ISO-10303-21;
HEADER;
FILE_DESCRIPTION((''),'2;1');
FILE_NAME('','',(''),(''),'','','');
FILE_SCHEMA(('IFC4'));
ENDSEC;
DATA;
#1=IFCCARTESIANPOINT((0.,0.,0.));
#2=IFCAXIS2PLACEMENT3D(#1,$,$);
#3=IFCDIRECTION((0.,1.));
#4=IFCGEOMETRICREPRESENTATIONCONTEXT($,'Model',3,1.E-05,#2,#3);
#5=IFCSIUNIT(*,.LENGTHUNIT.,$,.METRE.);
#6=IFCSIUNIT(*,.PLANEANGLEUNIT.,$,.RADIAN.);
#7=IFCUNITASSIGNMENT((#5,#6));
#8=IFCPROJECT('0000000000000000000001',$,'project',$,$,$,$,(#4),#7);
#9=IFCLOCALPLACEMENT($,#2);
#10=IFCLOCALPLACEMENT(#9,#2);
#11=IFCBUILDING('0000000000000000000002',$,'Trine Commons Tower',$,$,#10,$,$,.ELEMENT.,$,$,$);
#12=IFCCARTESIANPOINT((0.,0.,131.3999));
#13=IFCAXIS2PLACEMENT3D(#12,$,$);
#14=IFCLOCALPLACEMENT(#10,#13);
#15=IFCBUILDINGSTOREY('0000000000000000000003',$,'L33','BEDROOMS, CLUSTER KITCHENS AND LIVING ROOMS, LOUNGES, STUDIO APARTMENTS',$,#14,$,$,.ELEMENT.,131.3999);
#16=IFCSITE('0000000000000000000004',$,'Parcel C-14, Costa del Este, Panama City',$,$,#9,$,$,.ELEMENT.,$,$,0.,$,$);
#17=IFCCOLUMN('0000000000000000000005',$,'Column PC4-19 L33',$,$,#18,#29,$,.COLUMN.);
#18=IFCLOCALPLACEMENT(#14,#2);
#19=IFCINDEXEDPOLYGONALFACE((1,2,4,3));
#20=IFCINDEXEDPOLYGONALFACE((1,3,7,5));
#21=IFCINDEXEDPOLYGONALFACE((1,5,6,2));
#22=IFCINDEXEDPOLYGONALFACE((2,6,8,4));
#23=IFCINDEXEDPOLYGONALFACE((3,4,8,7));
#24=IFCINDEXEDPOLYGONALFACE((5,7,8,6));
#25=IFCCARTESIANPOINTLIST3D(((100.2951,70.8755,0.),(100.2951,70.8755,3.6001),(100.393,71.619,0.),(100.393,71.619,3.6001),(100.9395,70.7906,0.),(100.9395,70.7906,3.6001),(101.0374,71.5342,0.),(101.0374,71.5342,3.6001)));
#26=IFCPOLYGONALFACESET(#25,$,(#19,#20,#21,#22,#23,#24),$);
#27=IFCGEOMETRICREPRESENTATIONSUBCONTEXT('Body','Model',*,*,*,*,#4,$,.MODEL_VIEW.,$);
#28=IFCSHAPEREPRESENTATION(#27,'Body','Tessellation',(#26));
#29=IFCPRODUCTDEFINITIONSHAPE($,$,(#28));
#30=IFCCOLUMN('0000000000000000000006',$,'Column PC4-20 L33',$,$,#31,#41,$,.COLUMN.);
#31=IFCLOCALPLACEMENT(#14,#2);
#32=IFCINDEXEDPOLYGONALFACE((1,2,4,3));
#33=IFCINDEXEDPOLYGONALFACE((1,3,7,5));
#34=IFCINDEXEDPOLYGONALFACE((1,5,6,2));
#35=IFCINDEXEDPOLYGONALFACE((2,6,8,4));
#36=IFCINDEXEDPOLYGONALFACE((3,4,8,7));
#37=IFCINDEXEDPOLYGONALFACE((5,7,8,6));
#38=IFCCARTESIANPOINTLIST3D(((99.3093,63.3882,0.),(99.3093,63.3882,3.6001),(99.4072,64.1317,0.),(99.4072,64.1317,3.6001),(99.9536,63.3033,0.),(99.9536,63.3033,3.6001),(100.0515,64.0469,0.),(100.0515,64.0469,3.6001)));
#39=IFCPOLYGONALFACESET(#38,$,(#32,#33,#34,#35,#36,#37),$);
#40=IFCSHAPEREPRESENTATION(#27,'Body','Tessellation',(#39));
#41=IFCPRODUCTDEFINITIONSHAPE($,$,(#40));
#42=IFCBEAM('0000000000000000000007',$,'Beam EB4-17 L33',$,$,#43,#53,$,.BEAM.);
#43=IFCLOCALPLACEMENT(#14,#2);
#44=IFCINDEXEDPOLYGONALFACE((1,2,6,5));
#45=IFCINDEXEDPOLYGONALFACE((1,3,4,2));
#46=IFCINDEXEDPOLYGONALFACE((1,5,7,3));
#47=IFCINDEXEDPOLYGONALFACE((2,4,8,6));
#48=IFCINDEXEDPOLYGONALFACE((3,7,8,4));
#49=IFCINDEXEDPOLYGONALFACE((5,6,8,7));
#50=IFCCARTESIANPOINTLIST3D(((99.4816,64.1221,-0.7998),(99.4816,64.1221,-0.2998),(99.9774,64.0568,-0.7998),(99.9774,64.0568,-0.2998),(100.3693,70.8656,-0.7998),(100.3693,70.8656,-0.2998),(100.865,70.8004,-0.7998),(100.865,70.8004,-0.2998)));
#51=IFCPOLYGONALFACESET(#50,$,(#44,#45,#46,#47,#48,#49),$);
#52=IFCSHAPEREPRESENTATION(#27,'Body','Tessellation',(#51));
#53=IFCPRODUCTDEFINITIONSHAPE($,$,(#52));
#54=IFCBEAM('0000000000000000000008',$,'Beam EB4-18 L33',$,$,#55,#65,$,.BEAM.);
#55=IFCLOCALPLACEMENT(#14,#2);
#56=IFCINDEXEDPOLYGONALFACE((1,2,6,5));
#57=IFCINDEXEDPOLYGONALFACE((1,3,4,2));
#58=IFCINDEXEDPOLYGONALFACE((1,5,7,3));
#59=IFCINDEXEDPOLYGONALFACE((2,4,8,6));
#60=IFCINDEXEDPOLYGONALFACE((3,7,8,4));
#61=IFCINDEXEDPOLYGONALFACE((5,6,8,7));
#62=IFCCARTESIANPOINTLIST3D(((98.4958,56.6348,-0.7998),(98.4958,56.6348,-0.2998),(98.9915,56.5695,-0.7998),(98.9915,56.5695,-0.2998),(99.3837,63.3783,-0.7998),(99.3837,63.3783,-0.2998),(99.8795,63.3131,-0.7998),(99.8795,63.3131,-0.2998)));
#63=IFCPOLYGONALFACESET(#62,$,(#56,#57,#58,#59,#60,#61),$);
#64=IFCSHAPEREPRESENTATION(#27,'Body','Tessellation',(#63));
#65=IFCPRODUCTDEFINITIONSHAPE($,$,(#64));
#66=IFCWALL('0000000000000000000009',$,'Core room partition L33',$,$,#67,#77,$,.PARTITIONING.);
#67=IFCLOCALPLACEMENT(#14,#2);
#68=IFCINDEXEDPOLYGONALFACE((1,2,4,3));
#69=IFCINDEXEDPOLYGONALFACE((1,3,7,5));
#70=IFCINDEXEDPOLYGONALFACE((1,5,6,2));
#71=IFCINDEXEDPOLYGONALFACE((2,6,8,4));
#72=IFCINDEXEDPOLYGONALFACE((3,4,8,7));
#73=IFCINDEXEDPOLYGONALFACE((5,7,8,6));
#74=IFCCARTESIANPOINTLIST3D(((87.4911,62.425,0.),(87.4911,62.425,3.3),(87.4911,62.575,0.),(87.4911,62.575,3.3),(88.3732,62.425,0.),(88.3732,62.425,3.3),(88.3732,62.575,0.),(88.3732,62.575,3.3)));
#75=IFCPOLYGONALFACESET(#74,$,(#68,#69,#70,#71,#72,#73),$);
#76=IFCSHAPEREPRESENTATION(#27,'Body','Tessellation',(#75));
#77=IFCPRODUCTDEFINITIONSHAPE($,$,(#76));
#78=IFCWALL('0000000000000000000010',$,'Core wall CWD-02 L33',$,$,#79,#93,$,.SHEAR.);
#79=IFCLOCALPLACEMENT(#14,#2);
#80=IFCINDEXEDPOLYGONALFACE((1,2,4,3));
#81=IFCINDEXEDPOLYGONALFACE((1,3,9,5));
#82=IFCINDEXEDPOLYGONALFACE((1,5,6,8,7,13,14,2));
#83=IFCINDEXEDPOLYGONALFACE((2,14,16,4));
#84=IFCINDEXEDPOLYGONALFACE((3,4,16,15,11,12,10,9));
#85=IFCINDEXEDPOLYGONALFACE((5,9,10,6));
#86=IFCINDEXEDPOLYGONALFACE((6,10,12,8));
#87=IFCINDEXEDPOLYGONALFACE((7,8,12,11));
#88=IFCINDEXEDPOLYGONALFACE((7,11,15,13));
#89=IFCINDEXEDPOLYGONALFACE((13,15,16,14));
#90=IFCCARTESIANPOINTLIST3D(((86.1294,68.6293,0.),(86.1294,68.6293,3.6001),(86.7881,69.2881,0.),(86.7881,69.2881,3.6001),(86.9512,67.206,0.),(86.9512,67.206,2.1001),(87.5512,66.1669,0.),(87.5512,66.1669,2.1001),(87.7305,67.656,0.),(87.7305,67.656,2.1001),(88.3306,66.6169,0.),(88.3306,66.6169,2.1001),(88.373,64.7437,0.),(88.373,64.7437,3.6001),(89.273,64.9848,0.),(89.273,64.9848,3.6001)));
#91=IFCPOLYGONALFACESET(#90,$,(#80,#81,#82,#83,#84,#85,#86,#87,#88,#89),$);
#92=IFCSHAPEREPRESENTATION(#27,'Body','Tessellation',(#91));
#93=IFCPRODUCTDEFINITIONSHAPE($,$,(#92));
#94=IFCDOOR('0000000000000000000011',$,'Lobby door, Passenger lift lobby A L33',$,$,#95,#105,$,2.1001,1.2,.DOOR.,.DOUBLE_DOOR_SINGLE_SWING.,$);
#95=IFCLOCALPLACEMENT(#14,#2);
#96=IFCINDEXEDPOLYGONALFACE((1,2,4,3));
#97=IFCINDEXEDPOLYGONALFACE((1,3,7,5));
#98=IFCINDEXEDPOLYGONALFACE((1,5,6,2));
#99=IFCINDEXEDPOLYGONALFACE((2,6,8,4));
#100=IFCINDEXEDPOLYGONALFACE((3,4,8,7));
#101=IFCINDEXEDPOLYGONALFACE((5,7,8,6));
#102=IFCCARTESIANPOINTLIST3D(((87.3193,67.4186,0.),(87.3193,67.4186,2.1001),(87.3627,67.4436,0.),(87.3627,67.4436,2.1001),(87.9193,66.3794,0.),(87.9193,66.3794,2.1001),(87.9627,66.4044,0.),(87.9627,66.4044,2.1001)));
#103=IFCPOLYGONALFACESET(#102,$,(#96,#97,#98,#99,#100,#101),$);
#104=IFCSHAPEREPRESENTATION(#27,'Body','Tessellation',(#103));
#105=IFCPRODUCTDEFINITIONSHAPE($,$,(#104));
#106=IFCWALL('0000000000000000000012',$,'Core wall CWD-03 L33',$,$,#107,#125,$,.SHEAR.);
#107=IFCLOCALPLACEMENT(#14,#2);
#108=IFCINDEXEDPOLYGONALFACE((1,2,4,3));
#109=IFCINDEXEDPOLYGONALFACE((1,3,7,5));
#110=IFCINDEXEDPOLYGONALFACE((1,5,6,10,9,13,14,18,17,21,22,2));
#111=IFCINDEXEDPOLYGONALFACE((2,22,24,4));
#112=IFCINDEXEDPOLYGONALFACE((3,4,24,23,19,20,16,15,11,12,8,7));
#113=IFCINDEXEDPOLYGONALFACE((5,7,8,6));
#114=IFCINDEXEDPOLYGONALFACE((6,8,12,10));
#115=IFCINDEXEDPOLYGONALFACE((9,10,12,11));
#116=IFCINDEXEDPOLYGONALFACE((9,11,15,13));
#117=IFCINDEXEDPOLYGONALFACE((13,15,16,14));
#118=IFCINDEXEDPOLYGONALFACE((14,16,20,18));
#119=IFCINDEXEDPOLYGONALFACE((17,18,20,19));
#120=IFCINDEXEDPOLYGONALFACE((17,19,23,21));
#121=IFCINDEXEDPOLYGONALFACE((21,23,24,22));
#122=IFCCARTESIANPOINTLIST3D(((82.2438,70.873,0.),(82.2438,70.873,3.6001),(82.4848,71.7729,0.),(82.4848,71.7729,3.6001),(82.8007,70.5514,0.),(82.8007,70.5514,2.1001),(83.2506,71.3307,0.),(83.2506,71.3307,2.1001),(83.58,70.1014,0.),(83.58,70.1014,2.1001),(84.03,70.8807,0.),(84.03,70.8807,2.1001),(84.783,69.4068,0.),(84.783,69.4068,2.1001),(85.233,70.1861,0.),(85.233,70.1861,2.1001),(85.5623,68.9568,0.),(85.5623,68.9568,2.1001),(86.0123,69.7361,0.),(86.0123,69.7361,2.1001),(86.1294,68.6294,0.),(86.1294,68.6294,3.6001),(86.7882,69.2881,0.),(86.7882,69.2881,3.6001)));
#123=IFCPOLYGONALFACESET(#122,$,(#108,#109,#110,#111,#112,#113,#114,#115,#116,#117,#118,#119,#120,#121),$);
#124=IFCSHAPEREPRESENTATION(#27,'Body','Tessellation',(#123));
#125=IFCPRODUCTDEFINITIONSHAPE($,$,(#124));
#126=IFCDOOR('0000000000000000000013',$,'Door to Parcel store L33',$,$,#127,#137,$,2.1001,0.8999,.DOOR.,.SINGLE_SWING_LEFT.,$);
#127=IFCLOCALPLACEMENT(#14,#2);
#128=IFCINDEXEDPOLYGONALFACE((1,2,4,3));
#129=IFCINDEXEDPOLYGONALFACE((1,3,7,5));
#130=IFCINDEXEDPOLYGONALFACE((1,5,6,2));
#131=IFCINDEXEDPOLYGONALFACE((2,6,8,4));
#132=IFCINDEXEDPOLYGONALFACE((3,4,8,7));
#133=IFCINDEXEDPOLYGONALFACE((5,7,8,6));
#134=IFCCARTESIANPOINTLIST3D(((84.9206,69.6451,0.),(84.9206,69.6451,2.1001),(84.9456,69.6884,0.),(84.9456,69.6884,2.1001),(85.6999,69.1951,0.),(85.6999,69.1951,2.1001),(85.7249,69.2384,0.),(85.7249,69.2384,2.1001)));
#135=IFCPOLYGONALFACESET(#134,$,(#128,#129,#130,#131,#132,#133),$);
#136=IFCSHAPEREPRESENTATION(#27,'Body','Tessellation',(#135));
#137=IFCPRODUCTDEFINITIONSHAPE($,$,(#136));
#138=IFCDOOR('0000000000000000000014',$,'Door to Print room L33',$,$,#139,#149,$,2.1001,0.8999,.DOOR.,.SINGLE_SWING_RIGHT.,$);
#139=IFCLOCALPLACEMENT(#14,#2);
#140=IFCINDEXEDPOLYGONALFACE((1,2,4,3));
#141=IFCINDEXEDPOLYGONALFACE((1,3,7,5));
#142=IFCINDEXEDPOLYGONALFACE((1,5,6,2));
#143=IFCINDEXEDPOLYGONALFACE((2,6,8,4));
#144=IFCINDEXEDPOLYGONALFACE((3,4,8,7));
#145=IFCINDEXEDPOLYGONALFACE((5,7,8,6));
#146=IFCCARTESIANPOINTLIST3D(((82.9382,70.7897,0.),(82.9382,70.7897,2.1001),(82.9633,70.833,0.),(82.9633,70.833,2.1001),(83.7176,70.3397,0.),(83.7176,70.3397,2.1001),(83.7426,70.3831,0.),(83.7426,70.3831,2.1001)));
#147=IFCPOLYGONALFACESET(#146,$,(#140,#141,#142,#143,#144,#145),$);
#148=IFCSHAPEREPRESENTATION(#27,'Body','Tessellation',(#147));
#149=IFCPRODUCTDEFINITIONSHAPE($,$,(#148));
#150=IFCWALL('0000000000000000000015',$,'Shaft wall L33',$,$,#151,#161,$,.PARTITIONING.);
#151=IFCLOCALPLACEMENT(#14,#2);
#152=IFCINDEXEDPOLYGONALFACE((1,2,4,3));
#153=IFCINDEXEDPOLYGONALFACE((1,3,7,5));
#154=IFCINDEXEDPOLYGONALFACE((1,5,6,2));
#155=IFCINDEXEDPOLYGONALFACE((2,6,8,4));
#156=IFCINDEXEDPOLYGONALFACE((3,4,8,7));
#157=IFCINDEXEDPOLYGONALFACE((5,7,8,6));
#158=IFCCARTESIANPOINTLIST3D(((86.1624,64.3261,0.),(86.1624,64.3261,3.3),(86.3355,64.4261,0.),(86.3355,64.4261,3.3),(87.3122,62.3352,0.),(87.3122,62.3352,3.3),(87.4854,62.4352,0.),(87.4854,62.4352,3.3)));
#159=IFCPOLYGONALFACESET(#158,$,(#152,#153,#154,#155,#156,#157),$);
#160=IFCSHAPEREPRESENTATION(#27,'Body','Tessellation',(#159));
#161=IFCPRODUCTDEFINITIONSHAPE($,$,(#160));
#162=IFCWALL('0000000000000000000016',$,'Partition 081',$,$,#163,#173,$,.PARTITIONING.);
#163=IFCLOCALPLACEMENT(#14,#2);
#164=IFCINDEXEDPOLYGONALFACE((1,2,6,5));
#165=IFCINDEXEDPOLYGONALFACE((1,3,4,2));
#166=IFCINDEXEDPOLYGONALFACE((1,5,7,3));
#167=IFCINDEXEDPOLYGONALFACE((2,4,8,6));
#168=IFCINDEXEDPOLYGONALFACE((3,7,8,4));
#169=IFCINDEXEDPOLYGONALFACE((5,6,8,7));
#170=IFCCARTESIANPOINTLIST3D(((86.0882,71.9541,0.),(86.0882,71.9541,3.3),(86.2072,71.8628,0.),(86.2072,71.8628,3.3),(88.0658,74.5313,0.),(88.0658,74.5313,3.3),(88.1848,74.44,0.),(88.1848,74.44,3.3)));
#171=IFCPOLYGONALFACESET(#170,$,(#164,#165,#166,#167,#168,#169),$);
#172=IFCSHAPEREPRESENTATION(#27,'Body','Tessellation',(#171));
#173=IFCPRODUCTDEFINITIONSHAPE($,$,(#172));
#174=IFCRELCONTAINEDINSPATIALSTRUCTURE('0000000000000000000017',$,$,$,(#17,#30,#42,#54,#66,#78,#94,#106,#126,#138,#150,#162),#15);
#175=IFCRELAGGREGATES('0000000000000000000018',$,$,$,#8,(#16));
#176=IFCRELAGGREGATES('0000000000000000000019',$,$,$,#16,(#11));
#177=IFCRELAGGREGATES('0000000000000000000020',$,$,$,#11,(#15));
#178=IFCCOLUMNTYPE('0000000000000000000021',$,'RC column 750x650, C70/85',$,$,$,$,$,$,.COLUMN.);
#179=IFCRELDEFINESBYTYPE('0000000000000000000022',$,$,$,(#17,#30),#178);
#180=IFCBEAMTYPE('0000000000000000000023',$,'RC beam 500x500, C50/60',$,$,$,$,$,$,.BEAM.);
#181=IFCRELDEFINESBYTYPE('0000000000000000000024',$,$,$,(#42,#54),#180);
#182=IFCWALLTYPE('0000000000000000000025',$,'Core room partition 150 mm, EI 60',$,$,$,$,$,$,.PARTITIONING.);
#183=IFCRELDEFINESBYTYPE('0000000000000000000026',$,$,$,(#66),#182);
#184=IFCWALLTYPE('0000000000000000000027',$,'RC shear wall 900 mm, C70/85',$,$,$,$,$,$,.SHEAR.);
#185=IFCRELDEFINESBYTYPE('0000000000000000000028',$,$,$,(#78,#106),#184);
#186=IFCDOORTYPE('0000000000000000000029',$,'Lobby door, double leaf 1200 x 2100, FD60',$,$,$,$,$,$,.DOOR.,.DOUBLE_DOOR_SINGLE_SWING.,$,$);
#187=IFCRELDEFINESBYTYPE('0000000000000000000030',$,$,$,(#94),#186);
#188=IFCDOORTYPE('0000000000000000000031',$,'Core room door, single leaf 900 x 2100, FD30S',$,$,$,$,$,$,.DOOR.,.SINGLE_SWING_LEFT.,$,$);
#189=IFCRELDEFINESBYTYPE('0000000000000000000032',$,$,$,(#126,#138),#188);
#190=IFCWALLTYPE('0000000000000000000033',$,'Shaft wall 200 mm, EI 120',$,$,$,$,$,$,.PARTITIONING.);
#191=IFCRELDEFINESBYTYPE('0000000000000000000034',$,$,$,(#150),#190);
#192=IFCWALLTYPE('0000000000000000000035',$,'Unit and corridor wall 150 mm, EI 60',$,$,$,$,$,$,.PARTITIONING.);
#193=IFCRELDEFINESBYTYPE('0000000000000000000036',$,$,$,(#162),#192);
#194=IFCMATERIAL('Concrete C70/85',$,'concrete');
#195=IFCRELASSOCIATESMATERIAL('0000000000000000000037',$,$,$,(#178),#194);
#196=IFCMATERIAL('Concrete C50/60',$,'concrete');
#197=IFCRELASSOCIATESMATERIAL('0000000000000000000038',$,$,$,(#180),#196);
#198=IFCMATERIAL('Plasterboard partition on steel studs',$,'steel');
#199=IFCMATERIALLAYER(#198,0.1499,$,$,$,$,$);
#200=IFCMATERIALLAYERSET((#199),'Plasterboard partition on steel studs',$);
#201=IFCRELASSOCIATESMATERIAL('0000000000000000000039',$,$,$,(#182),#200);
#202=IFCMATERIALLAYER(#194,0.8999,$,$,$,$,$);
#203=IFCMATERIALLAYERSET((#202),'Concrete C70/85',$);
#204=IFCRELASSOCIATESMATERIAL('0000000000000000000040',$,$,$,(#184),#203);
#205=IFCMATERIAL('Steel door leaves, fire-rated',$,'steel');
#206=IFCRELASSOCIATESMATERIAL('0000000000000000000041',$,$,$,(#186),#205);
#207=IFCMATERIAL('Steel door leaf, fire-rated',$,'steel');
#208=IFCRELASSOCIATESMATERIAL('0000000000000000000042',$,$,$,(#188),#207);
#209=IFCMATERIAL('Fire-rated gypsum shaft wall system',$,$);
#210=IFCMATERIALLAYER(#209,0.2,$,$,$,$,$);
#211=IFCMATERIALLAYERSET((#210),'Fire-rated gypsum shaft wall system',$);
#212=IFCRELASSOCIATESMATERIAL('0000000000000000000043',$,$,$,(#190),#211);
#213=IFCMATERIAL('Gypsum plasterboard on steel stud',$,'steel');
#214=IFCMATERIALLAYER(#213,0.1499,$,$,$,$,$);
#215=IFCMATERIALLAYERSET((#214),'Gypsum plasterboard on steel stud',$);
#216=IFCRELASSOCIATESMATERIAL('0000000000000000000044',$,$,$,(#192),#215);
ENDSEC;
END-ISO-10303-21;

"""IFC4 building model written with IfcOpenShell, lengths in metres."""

from ifc_helpers import new_model, si_unit, direction, frame, frame_2d, origin, origin_2d, place, context, subcontext, project, spatial, polyline, rectangle, outline, extrude, material, layer, layer_set, material_profile, profile_set, type_object, element, fill, save


model = new_model("IFC4")

# Units and contexts
model_context = context("Model", 3, precision=1e-05, world=origin(), true_north=direction((0.0, 1.0)))
body_context = subcontext(model_context, "Body", "Model", "MODEL_VIEW")
ifc_project = project(units=[si_unit("LENGTHUNIT", "METRE"), si_unit("PLANEANGLEUNIT", "RADIAN")], contexts=[model_context])

# Site, building, storey
site_placement = place(None, origin())
site = spatial("IfcSite", under=ifc_project, at=site_placement, Name="Parcel C-14, Costa del Este, Panama City", CompositionType="ELEMENT", RefElevation=0.0)
building_placement = place(site_placement, origin())
building = spatial("IfcBuilding", under=site, at=building_placement, Name="Trine Commons Tower", CompositionType="ELEMENT")
storey_placement = place(building_placement, frame((0.0, 0.0, 131.3999)))
storey = spatial("IfcBuildingStorey", under=building, at=storey_placement, Name="L33", Description="BEDROOMS, CLUSTER KITCHENS AND LIVING ROOMS, LOUNGES, STUDIO APARTMENTS", CompositionType="ELEMENT", Elevation=131.3999)

# Columns
ifc_material_1 = material(Name="Concrete C70/85", Category="concrete")
ifc_material_profile_1 = material_profile(ifc_material_1, rectangle(XDim=0.75, YDim=0.6499, at=origin_2d()), Name="RC 750x650")
ifc_profile_set_1 = profile_set([ifc_material_profile_1], Name="Concrete C70/85")
column_type = type_object("IfcColumnType", Name="RC column 750x650, C70/85", PredefinedType="COLUMN", material=ifc_profile_set_1)
for number, where, z_axis, x_axis, name in (
    (1, (100.6663, 71.2048, 0.0), (0.0, 0.0, 1.0), (0.130526, 0.991445, 0.0), "Column PC4-19 L33"),
    (2, (99.6804, 63.7175, 0.0), (0.0, 0.0, 1.0), (0.130526, 0.991445, 0.0), "Column PC4-20 L33"),
):
    element("IfcColumn", number, at=place(storey_placement, frame(where, z_axis=z_axis, x_axis=x_axis)), inside=storey, type_object=column_type, Name=name, PredefinedType="COLUMN", context=body_context, shape_type="SweptSolid", body=[
        extrude(rectangle(XDim=0.75, YDim=0.6499, at=origin_2d()), origin(), (0.0, 0.0, 1.0), 3.6001),
    ])

# Beams
ifc_material_2 = material(Name="Concrete C50/60", Category="concrete")
ifc_material_profile_2 = material_profile(ifc_material_2, rectangle(XDim=0.5, YDim=0.5, at=origin_2d()), Name="RC 500x500")
ifc_profile_set_2 = profile_set([ifc_material_profile_2], Name="Concrete C50/60")
beam_type = type_object("IfcBeamType", Name="RC beam 500x500, C50/60", PredefinedType="BEAM", material=ifc_profile_set_2)
for number, where, z_axis, x_axis, name in (
    (3, (100.6172, 70.833, -0.5498), (-0.130508, -0.991447, 0.0), (0.991447, -0.130508, 0.0), "Beam EB4-17 L33"),
    (4, (99.6316, 63.3457, -0.5498), (-0.130544, -0.991443, 0.0), (0.991443, -0.130544, 0.0), "Beam EB4-18 L33"),
):
    element("IfcBeam", number, at=place(storey_placement, frame(where, z_axis=z_axis, x_axis=x_axis)), inside=storey, type_object=beam_type, Name=name, PredefinedType="BEAM", context=body_context, shape_type="SweptSolid", body=[
        extrude(rectangle(XDim=0.5, YDim=0.5, at=origin_2d()), origin(), (0.0, 0.0, 1.0), 6.8018),
    ])

# Wall
ifc_material_3 = material(Name="Plasterboard partition on steel studs", Category="steel")
ifc_layer_1 = layer(ifc_material_3, 0.1499)
ifc_layer_set_1 = layer_set([ifc_layer_1], Name="Plasterboard partition on steel studs")
wall_type_1 = type_object("IfcWallType", Name="Core room partition 150 mm, EI 60", PredefinedType="PARTITIONING", material=ifc_layer_set_1)
wall_1_placement = place(storey_placement, frame((88.373, 62.5, 0.0), z_axis=(0.0, 0.0, 1.0), x_axis=(-1.0, 0.0, 0.0)))
element("IfcWall", 5, at=wall_1_placement, inside=storey, type_object=wall_type_1, Name="Core room partition L33", PredefinedType="PARTITIONING", context=body_context, shape_type="SweptSolid", body=[
    extrude(rectangle(XDim=0.8821, YDim=0.1499, at=frame_2d((0.4409, 0.0))), origin(), (0.0, 0.0, 1.0), 3.3),
])

# Wall, opening, door
ifc_layer_2 = layer(ifc_material_1, 0.8999)
ifc_layer_set_2 = layer_set([ifc_layer_2], Name="Concrete C70/85")
wall_type_2 = type_object("IfcWallType", Name="RC shear wall 900 mm, C70/85", PredefinedType="SHEAR", material=ifc_layer_set_2)
wall_2_placement = place(storey_placement, frame((88.8833, 64.7598, 0.0), z_axis=(0.0, 0.0, 1.0), x_axis=(-0.500039, 0.866003, 0.0)))
wall_2 = element("IfcWall", 6, at=wall_2_placement, inside=storey, type_object=wall_type_2, Name="Core wall CWD-02 L33", PredefinedType="SHEAR", context=body_context, shape_type="SweptSolid", body=[
    extrude(outline(polyline([(0.0, -0.45), (4.9692, -0.45), (4.728, 0.45), (0.2412, 0.45), (0.0, -0.45)])), origin(), (0.0, 0.0, 1.0), 3.6001),
])
opening_1_placement = place(wall_2_placement, frame((1.8845, 0.0, 0.0)))
opening_1 = element("IfcOpeningElement", 7, at=opening_1_placement, cuts=wall_2, PredefinedType="OPENING", context=body_context, shape_type="SweptSolid", body=[
    extrude(rectangle(XDim=1.2, YDim=2.1001, at=frame_2d((0.6001, 1.05))), frame((0.0, 0.46, 0.0), z_axis=(0.0, -1.0, 0.0), x_axis=(1.0, 0.0, 0.0)), (0.0, 0.0, 1.0), 0.9199),
])
ifc_material_4 = material(Name="Steel door leaves, fire-rated", Category="steel")
door_type_1 = type_object("IfcDoorType", Name="Lobby door, double leaf 1200 x 2100, FD60", OperationType="DOUBLE_DOOR_SINGLE_SWING", PredefinedType="DOOR", material=ifc_material_4)
door_1_placement = place(opening_1_placement, origin())
door_1 = element("IfcDoor", 8, at=door_1_placement, inside=storey, type_object=door_type_1, Name="Lobby door, Passenger lift lobby A L33", OperationType="DOUBLE_DOOR_SINGLE_SWING", OverallHeight=2.1001, OverallWidth=1.2, PredefinedType="DOOR", context=body_context, shape_type="SweptSolid", body=[
    extrude(rectangle(XDim=1.2, YDim=2.1001, at=frame_2d((0.6001, 1.05))), frame((0.0, 0.0249, 0.0), z_axis=(0.0, -1.0, 0.0), x_axis=(1.0, 0.0, 0.0)), (0.0, 0.0, 1.0), 0.05),
])
fill(opening_1, door_1)

# Wall, openings, doors
wall_3_placement = place(storey_placement, frame((86.5632, 68.8984, 0.0), z_axis=(0.0, 0.0, 1.0), x_axis=(-0.866003, 0.500039, 0.0)))
wall_3 = element("IfcWall", 9, at=wall_3_placement, inside=storey, type_object=wall_type_2, Name="Core wall CWD-03 L33", PredefinedType="SHEAR", context=body_context, shape_type="SweptSolid", body=[
    extrude(outline(polyline([(0.0, -0.45), (4.9692, -0.45), (4.728, 0.45), (0.2412, 0.45), (0.0, -0.45)])), origin(), (0.0, 0.0, 1.0), 3.6001),
])
opening_2_placement = place(wall_3_placement, frame((0.896, 0.0, 0.0)))
opening_2 = element("IfcOpeningElement", 10, at=opening_2_placement, cuts=wall_3, PredefinedType="OPENING", context=body_context, shape_type="SweptSolid", body=[
    extrude(rectangle(XDim=0.8999, YDim=2.1001, at=frame_2d((0.45, 1.05))), frame((0.0, 0.46, 0.0), z_axis=(0.0, -1.0, 0.0), x_axis=(1.0, 0.0, 0.0)), (0.0, 0.0, 1.0), 0.9199),
])
opening_3_placement = place(wall_3_placement, frame((3.1851, 0.0, 0.0)))
opening_3 = element("IfcOpeningElement", 11, at=opening_3_placement, cuts=wall_3, PredefinedType="OPENING", context=body_context, shape_type="SweptSolid", body=[
    extrude(rectangle(XDim=0.8999, YDim=2.1001, at=frame_2d((0.45, 1.05))), frame((0.0, 0.46, 0.0), z_axis=(0.0, -1.0, 0.0), x_axis=(1.0, 0.0, 0.0)), (0.0, 0.0, 1.0), 0.9199),
])
ifc_material_5 = material(Name="Steel door leaf, fire-rated", Category="steel")
door_type_2 = type_object("IfcDoorType", Name="Core room door, single leaf 900 x 2100, FD30S", OperationType="SINGLE_SWING_LEFT", PredefinedType="DOOR", material=ifc_material_5)
door_2_placement = place(opening_2_placement, origin())
door_2 = element("IfcDoor", 12, at=door_2_placement, inside=storey, type_object=door_type_2, Name="Door to Parcel store L33", OperationType="SINGLE_SWING_LEFT", OverallHeight=2.1001, OverallWidth=0.8999, PredefinedType="DOOR", context=body_context, shape_type="SweptSolid", body=[
    extrude(rectangle(XDim=0.8999, YDim=2.1001, at=frame_2d((0.45, 1.05))), frame((0.0, 0.1748, 0.0), z_axis=(0.0, -1.0, 0.0), x_axis=(1.0, 0.0, 0.0)), (0.0, 0.0, 1.0), 0.05),
])
fill(opening_2, door_2)
door_3_placement = place(opening_3_placement, origin())
door_3 = element("IfcDoor", 13, at=door_3_placement, inside=storey, type_object=door_type_2, Name="Door to Print room L33", OperationType="SINGLE_SWING_RIGHT", OverallHeight=2.1001, OverallWidth=0.8999, PredefinedType="DOOR", context=body_context, shape_type="SweptSolid", body=[
    extrude(rectangle(XDim=0.8999, YDim=2.1001, at=frame_2d((0.45, 1.05))), frame((0.0, 0.1748, 0.0), z_axis=(0.0, -1.0, 0.0), x_axis=(1.0, 0.0, 0.0)), (0.0, 0.0, 1.0), 0.05),
])
fill(opening_3, door_3)

# Walls
ifc_material_6 = material(Name="Fire-rated gypsum shaft wall system")
ifc_layer_3 = layer(ifc_material_6, 0.2)
ifc_layer_set_3 = layer_set([ifc_layer_3], Name="Fire-rated gypsum shaft wall system")
wall_type_3 = type_object("IfcWallType", Name="Shaft wall 200 mm, EI 120", PredefinedType="PARTITIONING", material=ifc_layer_set_3)
wall_4_placement = place(storey_placement, frame((86.249, 64.376, 0.0), z_axis=(0.0, 0.0, 1.0), x_axis=(0.500136, -0.865947, 0.0)))
element("IfcWall", 14, at=wall_4_placement, inside=storey, type_object=wall_type_3, Name="Shaft wall L33", PredefinedType="PARTITIONING", context=body_context, shape_type="SweptSolid", body=[
    extrude(rectangle(XDim=2.2991, YDim=0.2, at=frame_2d((1.1494, 0.0))), origin(), (0.0, 0.0, 1.0), 3.3),
])
ifc_material_7 = material(Name="Gypsum plasterboard on steel stud", Category="steel")
ifc_layer_4 = layer(ifc_material_7, 0.1499)
ifc_layer_set_4 = layer_set([ifc_layer_4], Name="Gypsum plasterboard on steel stud")
wall_type_4 = type_object("IfcWallType", Name="Unit and corridor wall 150 mm, EI 60", PredefinedType="PARTITIONING", material=ifc_layer_set_4)
wall_5_placement = place(storey_placement, frame((86.1477, 71.9084, 0.0), z_axis=(0.0, 0.0, 1.0), x_axis=(0.608766, 0.79335, 0.0)))
element("IfcWall", 15, at=wall_5_placement, inside=storey, type_object=wall_type_4, Name="Partition 081", PredefinedType="PARTITIONING", context=body_context, shape_type="SweptSolid", body=[
    extrude(rectangle(XDim=3.2485, YDim=0.1499, at=frame_2d((1.6243, 0.0))), origin(), (0.0, 0.0, 1.0), 3.3),
])

save(model, "model.ifc")
